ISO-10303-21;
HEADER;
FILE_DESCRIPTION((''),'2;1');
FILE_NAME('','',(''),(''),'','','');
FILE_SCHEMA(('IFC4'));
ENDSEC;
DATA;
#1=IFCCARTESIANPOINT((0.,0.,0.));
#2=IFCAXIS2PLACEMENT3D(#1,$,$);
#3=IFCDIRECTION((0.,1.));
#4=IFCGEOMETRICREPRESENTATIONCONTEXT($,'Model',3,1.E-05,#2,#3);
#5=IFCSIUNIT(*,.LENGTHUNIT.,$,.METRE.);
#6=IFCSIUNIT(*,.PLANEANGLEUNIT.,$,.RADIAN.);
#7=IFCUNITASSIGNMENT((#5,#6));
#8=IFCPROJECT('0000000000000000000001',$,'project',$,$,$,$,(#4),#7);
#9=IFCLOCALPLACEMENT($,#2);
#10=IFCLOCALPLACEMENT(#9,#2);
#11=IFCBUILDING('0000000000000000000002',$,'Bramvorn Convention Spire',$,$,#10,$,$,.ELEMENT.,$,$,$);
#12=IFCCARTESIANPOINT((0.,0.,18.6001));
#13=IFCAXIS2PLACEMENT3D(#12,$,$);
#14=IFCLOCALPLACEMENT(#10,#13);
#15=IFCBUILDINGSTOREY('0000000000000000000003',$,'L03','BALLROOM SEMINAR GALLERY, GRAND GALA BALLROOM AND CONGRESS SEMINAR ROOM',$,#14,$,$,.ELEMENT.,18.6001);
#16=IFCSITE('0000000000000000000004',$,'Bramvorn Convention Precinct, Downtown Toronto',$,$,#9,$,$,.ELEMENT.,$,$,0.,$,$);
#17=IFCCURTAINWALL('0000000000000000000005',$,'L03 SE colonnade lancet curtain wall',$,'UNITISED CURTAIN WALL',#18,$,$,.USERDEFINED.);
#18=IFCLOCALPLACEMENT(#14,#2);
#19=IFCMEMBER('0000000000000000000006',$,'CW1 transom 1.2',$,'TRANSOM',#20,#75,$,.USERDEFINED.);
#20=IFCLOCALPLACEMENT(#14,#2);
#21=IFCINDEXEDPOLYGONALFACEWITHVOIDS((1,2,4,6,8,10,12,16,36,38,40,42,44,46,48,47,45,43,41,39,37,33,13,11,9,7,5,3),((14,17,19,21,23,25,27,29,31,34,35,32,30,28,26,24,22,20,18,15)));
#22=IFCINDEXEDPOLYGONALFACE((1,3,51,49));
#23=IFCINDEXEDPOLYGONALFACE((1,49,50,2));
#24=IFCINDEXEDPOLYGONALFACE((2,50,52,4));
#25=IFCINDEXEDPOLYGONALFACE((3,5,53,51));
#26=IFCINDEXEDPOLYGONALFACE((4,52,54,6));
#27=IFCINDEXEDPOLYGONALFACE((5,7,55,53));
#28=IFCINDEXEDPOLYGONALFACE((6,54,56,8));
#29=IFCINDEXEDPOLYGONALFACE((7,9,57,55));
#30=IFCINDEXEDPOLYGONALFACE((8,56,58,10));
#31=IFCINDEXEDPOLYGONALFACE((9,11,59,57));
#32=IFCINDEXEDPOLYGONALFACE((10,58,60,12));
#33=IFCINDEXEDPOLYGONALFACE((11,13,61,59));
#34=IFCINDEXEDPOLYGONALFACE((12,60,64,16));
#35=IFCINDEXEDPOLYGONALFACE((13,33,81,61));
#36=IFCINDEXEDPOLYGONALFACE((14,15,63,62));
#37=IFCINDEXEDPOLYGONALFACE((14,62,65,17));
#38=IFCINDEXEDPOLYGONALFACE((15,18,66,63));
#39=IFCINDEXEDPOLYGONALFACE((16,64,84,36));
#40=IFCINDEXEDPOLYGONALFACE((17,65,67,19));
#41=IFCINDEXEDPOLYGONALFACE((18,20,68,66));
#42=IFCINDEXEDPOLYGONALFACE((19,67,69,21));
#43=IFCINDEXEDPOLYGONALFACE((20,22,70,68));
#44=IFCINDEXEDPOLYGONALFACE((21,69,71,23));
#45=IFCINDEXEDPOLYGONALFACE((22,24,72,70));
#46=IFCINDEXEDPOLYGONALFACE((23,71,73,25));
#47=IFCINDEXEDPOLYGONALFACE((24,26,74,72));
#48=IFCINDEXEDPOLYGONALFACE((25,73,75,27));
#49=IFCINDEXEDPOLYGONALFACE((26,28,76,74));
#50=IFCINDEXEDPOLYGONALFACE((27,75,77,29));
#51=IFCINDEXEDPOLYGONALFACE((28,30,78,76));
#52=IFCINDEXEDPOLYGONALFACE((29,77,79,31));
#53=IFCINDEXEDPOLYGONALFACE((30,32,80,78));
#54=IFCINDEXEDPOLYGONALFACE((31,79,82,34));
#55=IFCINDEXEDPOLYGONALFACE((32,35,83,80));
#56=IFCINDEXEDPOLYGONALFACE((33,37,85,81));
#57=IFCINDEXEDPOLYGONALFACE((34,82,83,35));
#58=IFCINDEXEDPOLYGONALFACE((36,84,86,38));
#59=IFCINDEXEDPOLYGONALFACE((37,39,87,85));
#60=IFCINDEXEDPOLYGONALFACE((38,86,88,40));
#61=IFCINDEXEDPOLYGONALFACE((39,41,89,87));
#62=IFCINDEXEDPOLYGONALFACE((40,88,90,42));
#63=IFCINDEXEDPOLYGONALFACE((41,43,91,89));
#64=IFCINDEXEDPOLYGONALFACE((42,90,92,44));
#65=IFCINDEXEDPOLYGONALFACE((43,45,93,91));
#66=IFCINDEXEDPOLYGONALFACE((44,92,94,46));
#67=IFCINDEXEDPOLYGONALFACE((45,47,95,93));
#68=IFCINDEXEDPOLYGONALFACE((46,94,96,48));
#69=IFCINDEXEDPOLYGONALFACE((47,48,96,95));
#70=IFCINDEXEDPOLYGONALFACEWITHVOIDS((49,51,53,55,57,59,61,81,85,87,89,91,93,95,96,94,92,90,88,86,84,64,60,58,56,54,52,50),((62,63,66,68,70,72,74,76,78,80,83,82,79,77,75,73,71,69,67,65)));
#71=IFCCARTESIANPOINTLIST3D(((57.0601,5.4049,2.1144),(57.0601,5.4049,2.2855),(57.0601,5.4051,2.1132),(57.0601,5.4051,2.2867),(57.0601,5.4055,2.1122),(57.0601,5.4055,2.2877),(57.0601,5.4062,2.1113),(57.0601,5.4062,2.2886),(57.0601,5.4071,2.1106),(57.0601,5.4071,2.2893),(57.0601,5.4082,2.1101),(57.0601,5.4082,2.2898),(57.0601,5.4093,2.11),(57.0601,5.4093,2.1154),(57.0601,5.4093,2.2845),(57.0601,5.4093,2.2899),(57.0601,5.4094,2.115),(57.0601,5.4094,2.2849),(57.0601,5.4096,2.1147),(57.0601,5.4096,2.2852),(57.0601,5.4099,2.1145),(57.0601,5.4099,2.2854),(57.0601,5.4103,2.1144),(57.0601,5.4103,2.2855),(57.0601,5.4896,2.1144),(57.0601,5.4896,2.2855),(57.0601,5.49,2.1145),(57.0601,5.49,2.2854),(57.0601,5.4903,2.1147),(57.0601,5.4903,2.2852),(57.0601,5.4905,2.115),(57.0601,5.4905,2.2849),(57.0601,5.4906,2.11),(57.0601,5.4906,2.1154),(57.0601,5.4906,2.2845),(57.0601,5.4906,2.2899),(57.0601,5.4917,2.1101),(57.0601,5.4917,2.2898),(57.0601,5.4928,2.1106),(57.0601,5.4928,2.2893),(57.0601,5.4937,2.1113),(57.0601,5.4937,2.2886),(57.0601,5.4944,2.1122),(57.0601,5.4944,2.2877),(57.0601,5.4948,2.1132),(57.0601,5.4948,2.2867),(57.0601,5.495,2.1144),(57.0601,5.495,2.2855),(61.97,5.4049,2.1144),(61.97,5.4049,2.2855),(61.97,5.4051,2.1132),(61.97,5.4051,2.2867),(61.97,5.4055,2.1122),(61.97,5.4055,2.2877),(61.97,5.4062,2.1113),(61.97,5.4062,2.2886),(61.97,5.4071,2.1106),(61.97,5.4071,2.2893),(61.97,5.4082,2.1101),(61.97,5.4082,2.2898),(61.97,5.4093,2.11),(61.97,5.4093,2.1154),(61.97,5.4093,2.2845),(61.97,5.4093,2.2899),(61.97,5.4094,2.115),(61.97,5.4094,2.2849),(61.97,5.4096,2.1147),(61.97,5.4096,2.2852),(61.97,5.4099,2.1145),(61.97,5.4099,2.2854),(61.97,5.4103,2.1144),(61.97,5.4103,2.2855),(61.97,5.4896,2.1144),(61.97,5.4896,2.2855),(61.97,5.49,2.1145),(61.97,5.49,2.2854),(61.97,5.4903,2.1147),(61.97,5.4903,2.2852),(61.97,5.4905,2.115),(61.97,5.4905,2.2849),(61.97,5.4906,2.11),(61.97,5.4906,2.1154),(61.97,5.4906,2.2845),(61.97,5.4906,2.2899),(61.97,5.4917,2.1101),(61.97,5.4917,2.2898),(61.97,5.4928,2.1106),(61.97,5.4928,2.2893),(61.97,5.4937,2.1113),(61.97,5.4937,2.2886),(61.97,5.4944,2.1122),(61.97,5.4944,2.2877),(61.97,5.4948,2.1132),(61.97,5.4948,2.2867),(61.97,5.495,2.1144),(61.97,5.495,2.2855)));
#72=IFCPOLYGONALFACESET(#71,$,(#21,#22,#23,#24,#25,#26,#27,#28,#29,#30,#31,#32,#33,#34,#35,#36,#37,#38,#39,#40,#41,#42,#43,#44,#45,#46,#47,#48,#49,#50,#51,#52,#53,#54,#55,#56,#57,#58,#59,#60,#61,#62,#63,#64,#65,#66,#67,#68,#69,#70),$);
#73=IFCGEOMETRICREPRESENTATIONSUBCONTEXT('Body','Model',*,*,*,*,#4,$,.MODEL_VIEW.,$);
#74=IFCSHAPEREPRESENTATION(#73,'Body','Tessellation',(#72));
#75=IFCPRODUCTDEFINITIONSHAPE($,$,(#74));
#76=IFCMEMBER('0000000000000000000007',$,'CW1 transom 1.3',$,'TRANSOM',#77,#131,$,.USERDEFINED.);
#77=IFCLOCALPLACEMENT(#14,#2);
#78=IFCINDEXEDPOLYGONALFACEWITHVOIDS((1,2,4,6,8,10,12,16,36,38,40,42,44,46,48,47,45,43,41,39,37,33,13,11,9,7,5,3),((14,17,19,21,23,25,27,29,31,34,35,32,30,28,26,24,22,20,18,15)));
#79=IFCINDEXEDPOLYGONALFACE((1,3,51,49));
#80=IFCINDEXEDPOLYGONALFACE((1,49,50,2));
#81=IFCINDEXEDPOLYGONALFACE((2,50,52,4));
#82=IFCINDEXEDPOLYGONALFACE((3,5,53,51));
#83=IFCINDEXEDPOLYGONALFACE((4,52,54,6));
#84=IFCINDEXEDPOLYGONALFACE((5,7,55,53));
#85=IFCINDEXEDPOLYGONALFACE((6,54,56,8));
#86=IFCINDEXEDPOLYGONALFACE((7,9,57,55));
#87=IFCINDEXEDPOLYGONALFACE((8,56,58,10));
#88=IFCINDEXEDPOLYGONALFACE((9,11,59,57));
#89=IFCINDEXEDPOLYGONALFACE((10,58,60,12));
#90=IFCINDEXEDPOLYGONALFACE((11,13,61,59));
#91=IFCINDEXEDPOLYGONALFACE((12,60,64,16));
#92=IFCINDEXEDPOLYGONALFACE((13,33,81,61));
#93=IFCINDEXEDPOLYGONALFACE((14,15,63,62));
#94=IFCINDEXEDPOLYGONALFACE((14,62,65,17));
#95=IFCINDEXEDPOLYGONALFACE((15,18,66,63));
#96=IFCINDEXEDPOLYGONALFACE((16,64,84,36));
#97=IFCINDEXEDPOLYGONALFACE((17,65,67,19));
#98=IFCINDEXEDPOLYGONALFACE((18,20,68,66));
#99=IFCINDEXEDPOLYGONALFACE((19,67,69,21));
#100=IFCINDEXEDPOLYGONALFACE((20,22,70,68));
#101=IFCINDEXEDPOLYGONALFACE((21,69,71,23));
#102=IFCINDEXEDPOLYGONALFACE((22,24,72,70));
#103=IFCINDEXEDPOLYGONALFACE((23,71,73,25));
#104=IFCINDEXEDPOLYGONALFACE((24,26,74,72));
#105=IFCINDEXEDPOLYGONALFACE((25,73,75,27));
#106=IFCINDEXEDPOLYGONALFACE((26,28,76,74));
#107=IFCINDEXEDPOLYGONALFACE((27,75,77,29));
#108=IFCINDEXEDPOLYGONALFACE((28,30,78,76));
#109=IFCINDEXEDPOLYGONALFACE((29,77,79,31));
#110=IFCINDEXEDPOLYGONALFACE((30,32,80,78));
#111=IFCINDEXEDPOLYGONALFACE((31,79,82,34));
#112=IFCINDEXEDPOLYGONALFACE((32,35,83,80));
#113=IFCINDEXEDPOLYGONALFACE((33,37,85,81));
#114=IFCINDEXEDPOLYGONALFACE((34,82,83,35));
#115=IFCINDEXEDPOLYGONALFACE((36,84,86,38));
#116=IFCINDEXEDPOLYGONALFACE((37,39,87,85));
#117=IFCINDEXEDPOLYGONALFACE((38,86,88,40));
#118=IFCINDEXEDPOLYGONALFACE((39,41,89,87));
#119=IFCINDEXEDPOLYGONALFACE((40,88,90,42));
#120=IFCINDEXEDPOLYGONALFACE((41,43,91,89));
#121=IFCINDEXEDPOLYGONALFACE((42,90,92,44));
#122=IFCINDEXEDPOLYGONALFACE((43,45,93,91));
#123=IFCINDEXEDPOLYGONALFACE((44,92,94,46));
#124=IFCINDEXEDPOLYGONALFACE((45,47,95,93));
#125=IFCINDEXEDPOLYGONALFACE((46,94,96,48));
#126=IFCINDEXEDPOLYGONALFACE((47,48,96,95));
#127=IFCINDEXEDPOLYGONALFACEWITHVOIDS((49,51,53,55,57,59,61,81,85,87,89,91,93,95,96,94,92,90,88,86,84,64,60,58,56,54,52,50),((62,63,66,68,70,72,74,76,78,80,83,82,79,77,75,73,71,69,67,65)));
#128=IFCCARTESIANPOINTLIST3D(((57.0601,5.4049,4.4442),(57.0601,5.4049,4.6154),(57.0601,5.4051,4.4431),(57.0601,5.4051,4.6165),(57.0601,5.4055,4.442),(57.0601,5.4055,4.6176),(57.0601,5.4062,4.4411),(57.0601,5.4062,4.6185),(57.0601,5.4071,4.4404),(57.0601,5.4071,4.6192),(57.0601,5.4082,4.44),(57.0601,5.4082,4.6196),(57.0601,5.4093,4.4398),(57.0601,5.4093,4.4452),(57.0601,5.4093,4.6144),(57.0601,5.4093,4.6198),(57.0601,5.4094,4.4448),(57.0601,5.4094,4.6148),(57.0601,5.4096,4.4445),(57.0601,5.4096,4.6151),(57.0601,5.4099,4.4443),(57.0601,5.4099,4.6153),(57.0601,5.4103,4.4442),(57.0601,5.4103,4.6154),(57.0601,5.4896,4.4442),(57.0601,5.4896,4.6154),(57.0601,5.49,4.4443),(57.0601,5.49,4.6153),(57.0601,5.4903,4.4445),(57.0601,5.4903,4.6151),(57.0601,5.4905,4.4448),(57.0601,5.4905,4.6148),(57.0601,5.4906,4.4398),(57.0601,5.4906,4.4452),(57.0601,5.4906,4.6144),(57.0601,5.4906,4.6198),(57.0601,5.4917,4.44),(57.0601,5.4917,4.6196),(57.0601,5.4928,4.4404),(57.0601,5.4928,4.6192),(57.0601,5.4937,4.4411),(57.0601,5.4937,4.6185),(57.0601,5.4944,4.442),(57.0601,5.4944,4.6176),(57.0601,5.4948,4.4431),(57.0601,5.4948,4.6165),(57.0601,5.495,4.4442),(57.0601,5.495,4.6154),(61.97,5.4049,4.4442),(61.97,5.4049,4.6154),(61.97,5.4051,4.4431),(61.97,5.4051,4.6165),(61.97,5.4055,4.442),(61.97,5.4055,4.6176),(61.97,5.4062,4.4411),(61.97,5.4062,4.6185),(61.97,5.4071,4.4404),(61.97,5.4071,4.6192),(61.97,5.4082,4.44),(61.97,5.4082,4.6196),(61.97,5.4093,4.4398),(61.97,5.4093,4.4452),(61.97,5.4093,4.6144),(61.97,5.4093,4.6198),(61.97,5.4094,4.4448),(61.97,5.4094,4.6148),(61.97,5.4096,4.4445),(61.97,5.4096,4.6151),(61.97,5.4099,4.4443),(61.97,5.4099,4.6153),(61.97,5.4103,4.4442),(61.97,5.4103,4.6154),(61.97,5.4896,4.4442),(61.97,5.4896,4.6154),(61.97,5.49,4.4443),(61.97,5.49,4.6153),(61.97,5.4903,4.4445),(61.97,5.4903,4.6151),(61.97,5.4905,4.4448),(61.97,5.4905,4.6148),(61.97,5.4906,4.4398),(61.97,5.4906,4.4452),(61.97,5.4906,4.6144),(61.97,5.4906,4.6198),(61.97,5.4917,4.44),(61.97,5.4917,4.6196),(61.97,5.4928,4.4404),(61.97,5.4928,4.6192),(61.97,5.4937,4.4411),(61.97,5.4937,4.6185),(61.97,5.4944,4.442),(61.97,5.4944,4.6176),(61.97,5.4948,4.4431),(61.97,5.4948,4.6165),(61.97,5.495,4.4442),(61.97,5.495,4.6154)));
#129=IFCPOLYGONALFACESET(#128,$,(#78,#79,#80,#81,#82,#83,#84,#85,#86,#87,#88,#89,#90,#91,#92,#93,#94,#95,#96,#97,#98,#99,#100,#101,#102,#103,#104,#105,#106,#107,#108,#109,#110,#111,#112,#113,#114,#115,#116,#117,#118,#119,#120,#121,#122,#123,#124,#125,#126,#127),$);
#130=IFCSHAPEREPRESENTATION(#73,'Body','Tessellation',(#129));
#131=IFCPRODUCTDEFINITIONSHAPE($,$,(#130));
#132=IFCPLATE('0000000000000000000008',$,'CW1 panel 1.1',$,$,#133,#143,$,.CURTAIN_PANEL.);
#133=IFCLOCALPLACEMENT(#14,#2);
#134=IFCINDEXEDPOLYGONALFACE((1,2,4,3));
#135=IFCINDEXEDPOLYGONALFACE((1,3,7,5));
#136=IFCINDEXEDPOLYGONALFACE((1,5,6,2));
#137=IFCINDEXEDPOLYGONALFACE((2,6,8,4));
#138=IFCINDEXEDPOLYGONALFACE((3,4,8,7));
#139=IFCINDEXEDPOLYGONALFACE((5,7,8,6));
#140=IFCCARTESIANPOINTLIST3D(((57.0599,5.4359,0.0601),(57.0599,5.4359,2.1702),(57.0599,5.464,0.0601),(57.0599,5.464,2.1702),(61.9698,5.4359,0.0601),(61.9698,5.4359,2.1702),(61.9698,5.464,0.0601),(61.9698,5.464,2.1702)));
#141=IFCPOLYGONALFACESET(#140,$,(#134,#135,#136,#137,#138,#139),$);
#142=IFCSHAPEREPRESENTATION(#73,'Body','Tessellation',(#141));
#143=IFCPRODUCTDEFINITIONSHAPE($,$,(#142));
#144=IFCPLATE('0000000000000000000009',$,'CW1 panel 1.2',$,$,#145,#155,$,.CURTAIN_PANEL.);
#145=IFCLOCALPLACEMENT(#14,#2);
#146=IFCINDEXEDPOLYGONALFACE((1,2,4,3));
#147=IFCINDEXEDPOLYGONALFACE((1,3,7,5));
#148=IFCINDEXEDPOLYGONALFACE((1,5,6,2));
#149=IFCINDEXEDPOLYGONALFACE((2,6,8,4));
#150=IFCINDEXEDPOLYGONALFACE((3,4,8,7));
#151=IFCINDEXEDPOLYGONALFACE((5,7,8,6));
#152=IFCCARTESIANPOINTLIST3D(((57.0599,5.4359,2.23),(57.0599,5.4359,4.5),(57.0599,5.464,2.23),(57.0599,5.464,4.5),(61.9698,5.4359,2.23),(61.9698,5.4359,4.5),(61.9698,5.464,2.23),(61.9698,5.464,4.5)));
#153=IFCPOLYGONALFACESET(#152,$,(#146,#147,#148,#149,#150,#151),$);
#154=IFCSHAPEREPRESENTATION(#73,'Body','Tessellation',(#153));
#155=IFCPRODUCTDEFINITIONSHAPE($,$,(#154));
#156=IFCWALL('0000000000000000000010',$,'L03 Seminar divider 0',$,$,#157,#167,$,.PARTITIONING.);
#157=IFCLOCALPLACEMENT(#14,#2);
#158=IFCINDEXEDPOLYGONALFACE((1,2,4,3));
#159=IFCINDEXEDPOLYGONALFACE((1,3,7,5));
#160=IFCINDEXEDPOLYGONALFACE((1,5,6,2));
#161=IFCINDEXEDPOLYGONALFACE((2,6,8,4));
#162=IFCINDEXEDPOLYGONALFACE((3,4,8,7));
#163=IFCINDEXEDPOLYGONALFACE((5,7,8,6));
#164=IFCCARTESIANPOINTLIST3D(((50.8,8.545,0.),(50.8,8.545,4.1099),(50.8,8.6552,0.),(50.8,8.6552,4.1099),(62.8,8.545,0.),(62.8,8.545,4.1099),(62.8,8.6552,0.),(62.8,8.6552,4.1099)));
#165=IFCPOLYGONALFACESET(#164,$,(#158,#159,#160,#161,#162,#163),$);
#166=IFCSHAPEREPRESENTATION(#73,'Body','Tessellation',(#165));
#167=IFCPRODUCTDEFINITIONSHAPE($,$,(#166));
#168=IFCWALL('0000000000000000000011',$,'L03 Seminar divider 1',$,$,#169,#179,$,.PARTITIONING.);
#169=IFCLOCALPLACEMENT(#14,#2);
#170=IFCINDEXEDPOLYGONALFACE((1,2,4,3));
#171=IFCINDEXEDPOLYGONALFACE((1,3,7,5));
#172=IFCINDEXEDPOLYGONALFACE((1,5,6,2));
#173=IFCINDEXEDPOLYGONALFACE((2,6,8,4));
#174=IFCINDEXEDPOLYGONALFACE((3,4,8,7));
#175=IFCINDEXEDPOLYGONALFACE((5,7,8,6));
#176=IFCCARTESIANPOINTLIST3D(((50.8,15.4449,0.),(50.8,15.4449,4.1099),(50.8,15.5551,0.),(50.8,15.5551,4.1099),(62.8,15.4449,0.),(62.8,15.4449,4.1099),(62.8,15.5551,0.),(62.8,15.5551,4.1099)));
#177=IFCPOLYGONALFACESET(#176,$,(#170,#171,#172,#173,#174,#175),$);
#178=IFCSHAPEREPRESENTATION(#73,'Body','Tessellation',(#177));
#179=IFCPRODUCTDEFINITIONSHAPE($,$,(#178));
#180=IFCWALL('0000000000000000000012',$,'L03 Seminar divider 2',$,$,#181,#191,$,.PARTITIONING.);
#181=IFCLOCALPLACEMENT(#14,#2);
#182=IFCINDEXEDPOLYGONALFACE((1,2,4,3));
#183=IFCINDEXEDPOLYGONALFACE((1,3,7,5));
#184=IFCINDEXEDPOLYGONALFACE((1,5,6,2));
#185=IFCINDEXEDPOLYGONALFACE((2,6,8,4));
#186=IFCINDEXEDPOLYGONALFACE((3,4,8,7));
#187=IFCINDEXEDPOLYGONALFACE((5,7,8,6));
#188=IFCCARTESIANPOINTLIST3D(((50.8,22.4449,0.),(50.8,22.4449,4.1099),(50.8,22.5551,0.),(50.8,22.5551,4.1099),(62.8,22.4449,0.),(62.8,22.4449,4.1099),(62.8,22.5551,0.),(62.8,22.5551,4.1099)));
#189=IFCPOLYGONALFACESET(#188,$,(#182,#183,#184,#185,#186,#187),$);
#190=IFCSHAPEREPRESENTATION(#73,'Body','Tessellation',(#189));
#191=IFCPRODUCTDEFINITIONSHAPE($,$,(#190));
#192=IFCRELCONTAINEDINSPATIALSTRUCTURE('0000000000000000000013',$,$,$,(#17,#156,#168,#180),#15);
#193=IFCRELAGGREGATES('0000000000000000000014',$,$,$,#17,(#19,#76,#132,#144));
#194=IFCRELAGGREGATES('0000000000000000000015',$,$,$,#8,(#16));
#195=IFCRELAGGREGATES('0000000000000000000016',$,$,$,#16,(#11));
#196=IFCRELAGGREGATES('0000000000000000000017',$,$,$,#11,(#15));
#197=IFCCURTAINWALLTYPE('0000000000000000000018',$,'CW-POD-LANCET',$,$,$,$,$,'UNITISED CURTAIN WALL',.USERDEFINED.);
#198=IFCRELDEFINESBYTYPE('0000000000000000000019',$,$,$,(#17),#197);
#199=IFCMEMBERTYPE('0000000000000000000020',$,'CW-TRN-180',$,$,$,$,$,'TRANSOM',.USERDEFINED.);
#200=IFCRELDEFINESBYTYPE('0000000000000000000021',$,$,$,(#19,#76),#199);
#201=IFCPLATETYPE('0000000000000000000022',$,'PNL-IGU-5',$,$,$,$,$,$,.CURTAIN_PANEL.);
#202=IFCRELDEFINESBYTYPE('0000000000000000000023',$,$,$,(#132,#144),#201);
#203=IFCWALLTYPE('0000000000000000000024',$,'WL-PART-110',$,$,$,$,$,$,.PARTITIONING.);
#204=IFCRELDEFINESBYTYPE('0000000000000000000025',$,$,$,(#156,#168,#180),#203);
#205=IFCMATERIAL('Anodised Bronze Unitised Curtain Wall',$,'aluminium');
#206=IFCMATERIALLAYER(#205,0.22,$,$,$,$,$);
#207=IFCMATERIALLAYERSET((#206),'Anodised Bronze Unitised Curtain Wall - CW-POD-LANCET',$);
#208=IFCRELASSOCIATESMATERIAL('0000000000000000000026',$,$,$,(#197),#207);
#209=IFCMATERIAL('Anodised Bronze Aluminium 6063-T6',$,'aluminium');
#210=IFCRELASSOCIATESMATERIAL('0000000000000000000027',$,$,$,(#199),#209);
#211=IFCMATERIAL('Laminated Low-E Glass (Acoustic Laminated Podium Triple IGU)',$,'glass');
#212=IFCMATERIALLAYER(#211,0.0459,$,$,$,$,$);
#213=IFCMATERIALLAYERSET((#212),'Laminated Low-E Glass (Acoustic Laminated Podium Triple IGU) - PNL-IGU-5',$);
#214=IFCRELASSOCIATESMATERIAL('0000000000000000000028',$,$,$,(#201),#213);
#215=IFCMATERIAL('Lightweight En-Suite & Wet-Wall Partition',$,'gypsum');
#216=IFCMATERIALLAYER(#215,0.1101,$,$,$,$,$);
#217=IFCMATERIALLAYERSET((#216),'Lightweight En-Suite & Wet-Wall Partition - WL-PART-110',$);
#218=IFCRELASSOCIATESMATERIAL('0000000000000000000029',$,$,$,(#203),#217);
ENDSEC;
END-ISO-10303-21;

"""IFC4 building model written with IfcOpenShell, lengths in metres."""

from ifc_helpers import new_model, si_unit, direction, frame, frame_2d, origin, origin_2d, place, context, subcontext, project, spatial, rectangle, hollow_rectangle, extrude, material, layer, layer_set, material_profile, profile_set, type_object, element, aggregate, save


model = new_model("IFC4")

# Units and contexts
model_context = context("Model", 3, precision=1e-05, world=origin(), true_north=direction((0.0, 1.0)))
body_context = subcontext(model_context, "Body", "Model", "MODEL_VIEW")
ifc_project = project(units=[si_unit("LENGTHUNIT", "METRE"), si_unit("PLANEANGLEUNIT", "RADIAN")], contexts=[model_context])

# Site, building, storey
site_placement = place(None, origin())
site = spatial("IfcSite", under=ifc_project, at=site_placement, Name="Bramvorn Convention Precinct, Downtown Toronto", CompositionType="ELEMENT", RefElevation=0.0)
building_placement = place(site_placement, origin())
building = spatial("IfcBuilding", under=site, at=building_placement, Name="Bramvorn Convention Spire", CompositionType="ELEMENT")
storey_placement = place(building_placement, frame((0.0, 0.0, 18.6001)))
storey = spatial("IfcBuildingStorey", under=building, at=storey_placement, Name="L03", Description="BALLROOM SEMINAR GALLERY, GRAND GALA BALLROOM AND CONGRESS SEMINAR ROOM", CompositionType="ELEMENT", Elevation=18.6001)

# Curtain wall, members, plates
ifc_material_1 = material(Name="Anodised Bronze Unitised Curtain Wall", Category="aluminium")
ifc_layer_1 = layer(ifc_material_1, 0.22)
ifc_layer_set_1 = layer_set([ifc_layer_1], Name="Anodised Bronze Unitised Curtain Wall - CW-POD-LANCET")
curtain_wall_type = type_object("IfcCurtainWallType", Name="CW-POD-LANCET", ElementType="UNITISED CURTAIN WALL", PredefinedType="USERDEFINED", material=ifc_layer_set_1)
curtain_wall_placement = place(storey_placement, origin())
curtain_wall = element("IfcCurtainWall", 1, at=curtain_wall_placement, inside=storey, type_object=curtain_wall_type, Name="L03 SE colonnade lancet curtain wall", ObjectType="UNITISED CURTAIN WALL", PredefinedType="USERDEFINED")
ifc_material_2 = material(Name="Anodised Bronze Aluminium 6063-T6", Category="aluminium")
ifc_material_profile_1 = material_profile(ifc_material_2, hollow_rectangle(XDim=0.0901, YDim=0.1799, WallThickness=0.0044, InnerFilletRadius=0.001, OuterFilletRadius=0.0044, at=origin_2d()))
ifc_profile_set_1 = profile_set([ifc_material_profile_1], Name="Anodised Bronze Aluminium 6063-T6 - CWT90X180")
member_type_1 = type_object("IfcMemberType", Name="CW-TRN-180", ElementType="TRANSOM", PredefinedType="USERDEFINED", material=ifc_profile_set_1)
member_1_placement = place(storey_placement, frame((57.0601, 5.45, 2.2), z_axis=(1.0, 0.0, 0.0), x_axis=(0.0, 1.0, 0.0)))
member_1 = element("IfcMember", 2, at=member_1_placement, type_object=member_type_1, Name="CW1 transom 1.2", ObjectType="TRANSOM", PredefinedType="USERDEFINED", context=body_context, shape_type="SweptSolid", body=[
    extrude(hollow_rectangle(XDim=0.0901, YDim=0.1799, WallThickness=0.0044, InnerFilletRadius=0.001, OuterFilletRadius=0.0044, at=origin_2d()), origin(), (0.0, 0.0, 1.0), 4.9099),
])
member_2_placement = place(storey_placement, frame((57.0601, 5.45, 4.5298), z_axis=(1.0, 0.0, 0.0), x_axis=(0.0, 1.0, 0.0)))
member_2 = element("IfcMember", 3, at=member_2_placement, type_object=member_type_1, Name="CW1 transom 1.3", ObjectType="TRANSOM", PredefinedType="USERDEFINED", context=body_context, shape_type="SweptSolid", body=[
    extrude(hollow_rectangle(XDim=0.0901, YDim=0.1799, WallThickness=0.0044, InnerFilletRadius=0.001, OuterFilletRadius=0.0044, at=origin_2d()), origin(), (0.0, 0.0, 1.0), 4.9099),
])
ifc_material_3 = material(Name="Laminated Low-E Glass (Acoustic Laminated Podium Triple IGU)", Category="glass")
ifc_layer_2 = layer(ifc_material_3, 0.0459)
ifc_layer_set_2 = layer_set([ifc_layer_2], Name="Laminated Low-E Glass (Acoustic Laminated Podium Triple IGU) - PNL-IGU-5")
plate_type = type_object("IfcPlateType", Name="PNL-IGU-5", PredefinedType="CURTAIN_PANEL", material=ifc_layer_set_2)
plate_1_placement = place(storey_placement, frame((59.5149, 5.45, 0.0601), z_axis=(0.0, 0.0, 1.0), x_axis=(1.0, 0.0, 0.0)))
plate_1 = element("IfcPlate", 4, at=plate_1_placement, type_object=plate_type, Name="CW1 panel 1.1", PredefinedType="CURTAIN_PANEL", context=body_context, shape_type="SweptSolid", body=[
    extrude(rectangle(XDim=4.9099, YDim=0.0281, at=origin_2d()), origin(), (0.0, 0.0, 1.0), 2.1101),
])
plate_2_placement = place(storey_placement, frame((59.5149, 5.45, 2.23), z_axis=(0.0, 0.0, 1.0), x_axis=(1.0, 0.0, 0.0)))
plate_2 = element("IfcPlate", 5, at=plate_2_placement, type_object=plate_type, Name="CW1 panel 1.2", PredefinedType="CURTAIN_PANEL", context=body_context, shape_type="SweptSolid", body=[
    extrude(rectangle(XDim=4.9099, YDim=0.0281, at=origin_2d()), origin(), (0.0, 0.0, 1.0), 2.27),
])
aggregate(curtain_wall, [member_1, member_2, plate_1, plate_2])

# Walls
ifc_material_4 = material(Name="Lightweight En-Suite & Wet-Wall Partition", Category="gypsum")
ifc_layer_3 = layer(ifc_material_4, 0.1101)
ifc_layer_set_3 = layer_set([ifc_layer_3], Name="Lightweight En-Suite & Wet-Wall Partition - WL-PART-110")
wall_type = type_object("IfcWallType", Name="WL-PART-110", PredefinedType="PARTITIONING", material=ifc_layer_set_3)
for number, where, z_axis, x_axis, name in (
    (6, (50.8, 8.6001, 0.0), (0.0, 0.0, 1.0), (1.0, 0.0, 0.0), "L03 Seminar divider 0"),
    (7, (50.8, 15.5, 0.0), (0.0, 0.0, 1.0), (1.0, 0.0, 0.0), "L03 Seminar divider 1"),
    (8, (50.8, 22.5, 0.0), (0.0, 0.0, 1.0), (1.0, 0.0, 0.0), "L03 Seminar divider 2"),
):
    element("IfcWall", number, at=place(storey_placement, frame(where, z_axis=z_axis, x_axis=x_axis)), inside=storey, type_object=wall_type, Name=name, PredefinedType="PARTITIONING", context=body_context, shape_type="SweptSolid", body=[
        extrude(rectangle(XDim=12.0, YDim=0.1101, at=frame_2d((6.0, 0.0))), origin(), (0.0, 0.0, 1.0), 4.1099),
    ])

save(model, "model.ifc")
